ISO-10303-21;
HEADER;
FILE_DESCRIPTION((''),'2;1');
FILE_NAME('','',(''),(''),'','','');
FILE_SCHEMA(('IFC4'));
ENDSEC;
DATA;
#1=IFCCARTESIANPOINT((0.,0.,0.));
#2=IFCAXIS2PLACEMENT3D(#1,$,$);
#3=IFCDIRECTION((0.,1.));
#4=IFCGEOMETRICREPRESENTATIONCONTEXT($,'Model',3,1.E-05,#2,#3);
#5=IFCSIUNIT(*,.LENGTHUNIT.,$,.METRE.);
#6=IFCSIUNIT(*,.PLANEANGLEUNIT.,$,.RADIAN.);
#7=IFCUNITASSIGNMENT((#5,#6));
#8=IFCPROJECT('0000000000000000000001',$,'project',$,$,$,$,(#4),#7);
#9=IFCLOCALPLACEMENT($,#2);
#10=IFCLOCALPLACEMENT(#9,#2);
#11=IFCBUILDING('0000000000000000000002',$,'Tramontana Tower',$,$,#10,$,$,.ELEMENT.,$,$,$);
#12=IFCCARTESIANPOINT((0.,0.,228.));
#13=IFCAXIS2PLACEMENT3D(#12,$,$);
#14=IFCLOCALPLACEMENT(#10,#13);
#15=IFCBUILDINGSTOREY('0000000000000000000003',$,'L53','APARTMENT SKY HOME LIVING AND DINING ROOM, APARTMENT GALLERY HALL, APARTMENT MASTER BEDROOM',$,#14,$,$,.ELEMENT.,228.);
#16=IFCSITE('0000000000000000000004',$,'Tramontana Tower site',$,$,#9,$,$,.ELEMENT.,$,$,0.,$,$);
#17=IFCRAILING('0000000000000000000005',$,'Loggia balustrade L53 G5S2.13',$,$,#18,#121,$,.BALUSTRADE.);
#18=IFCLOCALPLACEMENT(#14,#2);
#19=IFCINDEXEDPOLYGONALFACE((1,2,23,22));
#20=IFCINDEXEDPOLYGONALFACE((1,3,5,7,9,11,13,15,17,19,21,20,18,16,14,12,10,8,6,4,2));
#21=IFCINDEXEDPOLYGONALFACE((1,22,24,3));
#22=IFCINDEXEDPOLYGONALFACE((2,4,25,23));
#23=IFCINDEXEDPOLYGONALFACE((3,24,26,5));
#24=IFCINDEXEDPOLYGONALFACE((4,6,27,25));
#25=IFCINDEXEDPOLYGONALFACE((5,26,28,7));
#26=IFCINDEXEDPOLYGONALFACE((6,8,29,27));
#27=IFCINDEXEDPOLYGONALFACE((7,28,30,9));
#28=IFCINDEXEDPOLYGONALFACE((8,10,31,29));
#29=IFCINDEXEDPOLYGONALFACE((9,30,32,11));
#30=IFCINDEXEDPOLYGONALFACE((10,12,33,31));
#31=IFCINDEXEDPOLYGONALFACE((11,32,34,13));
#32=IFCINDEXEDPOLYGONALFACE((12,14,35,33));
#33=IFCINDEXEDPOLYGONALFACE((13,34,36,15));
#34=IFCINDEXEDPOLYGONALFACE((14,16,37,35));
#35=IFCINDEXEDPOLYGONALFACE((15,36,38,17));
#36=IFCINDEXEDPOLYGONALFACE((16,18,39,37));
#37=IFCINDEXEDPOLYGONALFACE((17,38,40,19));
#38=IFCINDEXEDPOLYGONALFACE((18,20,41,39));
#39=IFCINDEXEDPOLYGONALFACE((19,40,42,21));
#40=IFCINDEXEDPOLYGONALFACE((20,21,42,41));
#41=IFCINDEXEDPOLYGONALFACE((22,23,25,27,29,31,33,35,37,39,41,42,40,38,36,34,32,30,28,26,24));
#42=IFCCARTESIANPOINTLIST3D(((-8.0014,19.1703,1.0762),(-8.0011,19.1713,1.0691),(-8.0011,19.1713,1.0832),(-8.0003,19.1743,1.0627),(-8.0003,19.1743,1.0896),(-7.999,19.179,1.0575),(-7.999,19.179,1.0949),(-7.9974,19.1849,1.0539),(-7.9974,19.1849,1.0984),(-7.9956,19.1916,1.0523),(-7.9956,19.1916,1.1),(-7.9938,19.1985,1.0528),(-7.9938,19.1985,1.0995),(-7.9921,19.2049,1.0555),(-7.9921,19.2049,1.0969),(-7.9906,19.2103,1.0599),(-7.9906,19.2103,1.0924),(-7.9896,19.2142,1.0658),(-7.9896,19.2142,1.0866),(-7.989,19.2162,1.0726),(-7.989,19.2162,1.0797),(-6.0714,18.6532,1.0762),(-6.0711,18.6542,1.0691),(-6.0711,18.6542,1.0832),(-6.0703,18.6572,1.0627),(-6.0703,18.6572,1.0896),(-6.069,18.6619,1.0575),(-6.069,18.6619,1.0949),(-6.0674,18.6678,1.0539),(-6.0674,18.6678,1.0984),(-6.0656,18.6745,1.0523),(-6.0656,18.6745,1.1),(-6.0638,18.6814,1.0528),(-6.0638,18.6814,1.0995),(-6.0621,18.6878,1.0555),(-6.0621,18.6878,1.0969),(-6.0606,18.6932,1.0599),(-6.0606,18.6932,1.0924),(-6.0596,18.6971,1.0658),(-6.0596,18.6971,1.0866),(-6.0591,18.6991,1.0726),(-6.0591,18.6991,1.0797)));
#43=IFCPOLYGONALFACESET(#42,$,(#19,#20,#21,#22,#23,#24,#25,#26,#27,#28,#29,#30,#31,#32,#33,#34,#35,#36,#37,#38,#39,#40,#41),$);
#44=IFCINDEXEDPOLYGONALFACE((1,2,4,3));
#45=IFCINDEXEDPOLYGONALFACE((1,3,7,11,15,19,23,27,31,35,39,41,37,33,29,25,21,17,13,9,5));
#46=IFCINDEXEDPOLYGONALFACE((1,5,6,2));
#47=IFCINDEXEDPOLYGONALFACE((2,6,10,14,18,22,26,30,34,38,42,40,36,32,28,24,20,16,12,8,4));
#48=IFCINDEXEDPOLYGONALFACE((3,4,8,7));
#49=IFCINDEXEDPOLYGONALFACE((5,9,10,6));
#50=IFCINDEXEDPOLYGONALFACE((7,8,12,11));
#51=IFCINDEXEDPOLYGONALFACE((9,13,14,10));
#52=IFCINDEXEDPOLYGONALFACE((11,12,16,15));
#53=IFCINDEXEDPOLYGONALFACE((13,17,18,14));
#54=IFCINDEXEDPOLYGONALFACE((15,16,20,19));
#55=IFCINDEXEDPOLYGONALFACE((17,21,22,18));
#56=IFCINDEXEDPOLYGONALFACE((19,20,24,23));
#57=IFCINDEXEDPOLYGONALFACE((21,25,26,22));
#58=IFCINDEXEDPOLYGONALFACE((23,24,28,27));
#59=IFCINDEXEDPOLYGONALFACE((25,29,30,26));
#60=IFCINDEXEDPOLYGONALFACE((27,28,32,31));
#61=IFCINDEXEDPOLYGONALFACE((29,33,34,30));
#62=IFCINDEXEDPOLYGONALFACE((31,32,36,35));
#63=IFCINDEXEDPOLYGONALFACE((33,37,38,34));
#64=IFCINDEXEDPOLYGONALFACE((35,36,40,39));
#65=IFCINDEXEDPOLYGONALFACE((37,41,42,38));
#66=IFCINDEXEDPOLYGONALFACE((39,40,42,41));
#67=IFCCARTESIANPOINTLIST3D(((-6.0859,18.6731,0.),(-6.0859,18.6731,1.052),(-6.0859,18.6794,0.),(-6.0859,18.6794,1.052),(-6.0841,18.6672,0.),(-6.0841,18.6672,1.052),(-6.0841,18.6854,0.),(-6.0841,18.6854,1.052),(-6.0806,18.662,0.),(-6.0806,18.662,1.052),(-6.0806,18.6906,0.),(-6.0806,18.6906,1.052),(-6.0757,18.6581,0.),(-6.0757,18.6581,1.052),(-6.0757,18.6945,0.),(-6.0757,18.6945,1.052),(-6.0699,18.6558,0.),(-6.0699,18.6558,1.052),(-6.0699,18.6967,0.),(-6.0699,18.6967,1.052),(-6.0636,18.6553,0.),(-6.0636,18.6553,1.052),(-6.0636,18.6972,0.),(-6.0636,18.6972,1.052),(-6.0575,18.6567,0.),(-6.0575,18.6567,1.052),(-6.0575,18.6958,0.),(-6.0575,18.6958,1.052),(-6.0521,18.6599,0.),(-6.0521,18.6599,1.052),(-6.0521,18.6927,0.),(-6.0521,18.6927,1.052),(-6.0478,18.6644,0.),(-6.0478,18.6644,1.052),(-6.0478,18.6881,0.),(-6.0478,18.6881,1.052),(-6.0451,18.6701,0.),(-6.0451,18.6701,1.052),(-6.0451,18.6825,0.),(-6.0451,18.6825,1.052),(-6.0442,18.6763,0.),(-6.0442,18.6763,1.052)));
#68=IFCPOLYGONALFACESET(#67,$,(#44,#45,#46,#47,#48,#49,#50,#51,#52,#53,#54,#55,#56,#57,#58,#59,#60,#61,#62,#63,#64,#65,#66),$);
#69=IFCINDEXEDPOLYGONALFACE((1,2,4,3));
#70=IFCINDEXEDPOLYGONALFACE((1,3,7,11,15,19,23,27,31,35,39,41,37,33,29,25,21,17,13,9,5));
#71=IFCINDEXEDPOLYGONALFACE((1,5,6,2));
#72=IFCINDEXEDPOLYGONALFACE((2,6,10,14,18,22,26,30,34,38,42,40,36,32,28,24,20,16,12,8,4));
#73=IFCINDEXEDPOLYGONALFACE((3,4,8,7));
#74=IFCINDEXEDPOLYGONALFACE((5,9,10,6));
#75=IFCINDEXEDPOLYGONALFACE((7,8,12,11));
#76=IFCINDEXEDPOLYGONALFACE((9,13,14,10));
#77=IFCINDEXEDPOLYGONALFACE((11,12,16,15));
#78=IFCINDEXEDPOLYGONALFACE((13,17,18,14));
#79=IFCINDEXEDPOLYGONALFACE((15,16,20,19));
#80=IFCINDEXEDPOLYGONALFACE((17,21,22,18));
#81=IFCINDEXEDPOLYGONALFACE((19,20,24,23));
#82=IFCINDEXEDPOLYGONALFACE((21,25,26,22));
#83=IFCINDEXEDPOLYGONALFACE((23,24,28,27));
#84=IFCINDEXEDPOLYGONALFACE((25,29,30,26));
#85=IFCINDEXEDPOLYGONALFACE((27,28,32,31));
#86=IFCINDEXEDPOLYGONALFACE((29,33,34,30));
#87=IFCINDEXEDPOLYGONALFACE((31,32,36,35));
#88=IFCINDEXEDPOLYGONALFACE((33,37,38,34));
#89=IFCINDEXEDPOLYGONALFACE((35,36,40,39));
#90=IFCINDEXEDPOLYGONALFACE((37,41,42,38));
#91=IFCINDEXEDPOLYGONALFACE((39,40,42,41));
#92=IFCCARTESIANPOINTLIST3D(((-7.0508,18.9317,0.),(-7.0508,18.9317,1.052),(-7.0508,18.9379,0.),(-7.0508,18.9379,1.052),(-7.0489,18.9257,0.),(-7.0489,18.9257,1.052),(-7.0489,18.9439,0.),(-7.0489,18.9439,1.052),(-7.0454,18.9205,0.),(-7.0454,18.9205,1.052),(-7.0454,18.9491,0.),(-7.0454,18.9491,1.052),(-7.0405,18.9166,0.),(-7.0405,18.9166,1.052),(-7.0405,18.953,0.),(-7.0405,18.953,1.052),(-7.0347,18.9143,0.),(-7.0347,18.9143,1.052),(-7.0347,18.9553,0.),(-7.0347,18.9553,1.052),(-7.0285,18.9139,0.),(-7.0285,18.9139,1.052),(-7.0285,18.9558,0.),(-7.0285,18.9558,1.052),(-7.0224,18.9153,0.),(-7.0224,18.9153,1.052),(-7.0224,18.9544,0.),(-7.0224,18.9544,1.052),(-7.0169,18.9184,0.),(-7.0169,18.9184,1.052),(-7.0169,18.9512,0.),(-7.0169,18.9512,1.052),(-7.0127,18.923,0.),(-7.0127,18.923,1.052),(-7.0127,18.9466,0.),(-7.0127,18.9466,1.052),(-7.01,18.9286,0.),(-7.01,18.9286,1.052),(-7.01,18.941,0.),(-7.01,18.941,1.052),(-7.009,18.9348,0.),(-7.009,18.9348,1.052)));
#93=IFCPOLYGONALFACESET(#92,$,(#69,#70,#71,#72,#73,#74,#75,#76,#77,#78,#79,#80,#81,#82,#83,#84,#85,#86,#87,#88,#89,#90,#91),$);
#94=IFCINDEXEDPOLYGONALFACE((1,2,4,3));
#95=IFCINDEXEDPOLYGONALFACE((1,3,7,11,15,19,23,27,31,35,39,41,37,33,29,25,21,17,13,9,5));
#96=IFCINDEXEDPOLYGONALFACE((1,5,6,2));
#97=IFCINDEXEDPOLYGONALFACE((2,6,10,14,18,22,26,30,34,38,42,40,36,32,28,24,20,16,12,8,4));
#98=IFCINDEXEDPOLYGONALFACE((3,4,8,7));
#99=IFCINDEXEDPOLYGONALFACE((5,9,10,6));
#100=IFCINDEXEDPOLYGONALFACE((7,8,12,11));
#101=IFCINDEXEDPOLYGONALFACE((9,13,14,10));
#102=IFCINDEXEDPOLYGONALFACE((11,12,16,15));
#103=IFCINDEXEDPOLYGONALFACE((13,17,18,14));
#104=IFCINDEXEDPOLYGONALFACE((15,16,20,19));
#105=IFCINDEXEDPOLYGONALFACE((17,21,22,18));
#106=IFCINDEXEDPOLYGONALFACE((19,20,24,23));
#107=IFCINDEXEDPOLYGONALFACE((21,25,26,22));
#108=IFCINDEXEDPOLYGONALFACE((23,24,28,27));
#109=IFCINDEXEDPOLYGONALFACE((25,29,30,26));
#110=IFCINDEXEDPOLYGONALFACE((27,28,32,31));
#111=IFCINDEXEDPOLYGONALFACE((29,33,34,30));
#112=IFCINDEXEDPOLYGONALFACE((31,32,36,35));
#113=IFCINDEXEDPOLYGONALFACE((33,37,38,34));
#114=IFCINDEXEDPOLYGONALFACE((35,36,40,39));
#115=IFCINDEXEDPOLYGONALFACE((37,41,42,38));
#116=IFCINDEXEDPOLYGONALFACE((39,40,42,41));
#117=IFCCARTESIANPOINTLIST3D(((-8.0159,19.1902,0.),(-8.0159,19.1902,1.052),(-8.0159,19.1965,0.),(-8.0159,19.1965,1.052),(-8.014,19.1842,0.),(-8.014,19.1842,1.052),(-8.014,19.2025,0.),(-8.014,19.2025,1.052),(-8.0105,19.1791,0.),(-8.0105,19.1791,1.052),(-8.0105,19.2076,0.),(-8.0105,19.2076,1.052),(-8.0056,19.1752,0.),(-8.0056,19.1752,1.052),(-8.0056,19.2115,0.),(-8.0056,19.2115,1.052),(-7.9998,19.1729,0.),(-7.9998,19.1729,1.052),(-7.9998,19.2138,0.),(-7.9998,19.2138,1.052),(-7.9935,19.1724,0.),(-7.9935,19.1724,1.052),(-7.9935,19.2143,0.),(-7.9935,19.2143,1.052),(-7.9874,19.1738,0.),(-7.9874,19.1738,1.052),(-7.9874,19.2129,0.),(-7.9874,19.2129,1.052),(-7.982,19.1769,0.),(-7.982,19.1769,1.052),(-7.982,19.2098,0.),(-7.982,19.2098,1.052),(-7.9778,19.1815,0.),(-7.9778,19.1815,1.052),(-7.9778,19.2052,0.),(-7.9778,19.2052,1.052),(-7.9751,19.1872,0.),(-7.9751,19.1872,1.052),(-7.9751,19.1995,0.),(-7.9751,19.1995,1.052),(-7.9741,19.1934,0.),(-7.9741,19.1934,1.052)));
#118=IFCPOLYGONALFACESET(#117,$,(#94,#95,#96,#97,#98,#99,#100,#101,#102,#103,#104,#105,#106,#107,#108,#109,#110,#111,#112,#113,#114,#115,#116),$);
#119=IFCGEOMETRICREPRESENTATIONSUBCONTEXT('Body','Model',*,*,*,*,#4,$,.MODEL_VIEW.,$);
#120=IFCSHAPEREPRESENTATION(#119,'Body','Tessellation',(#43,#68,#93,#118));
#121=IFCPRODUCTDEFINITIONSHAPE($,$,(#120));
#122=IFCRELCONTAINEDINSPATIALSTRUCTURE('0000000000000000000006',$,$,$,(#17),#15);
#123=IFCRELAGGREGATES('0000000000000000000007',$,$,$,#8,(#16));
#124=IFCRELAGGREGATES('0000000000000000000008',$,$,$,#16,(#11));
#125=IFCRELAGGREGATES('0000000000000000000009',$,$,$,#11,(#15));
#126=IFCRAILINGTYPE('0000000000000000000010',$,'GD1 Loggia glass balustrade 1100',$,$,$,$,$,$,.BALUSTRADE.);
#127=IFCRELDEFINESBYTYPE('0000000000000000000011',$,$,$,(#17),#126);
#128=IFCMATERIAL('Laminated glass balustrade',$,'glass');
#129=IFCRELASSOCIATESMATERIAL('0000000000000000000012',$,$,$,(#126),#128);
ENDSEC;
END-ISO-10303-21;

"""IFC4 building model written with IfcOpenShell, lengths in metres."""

from ifc_helpers import new_model, si_unit, direction, frame, origin, origin_2d, place, context, subcontext, project, spatial, circle, extrude, material, type_object, element, save


model = new_model("IFC4")

# Units and contexts
model_context = context("Model", 3, precision=1e-05, world=origin(), true_north=direction((0.0, 1.0)))
body_context = subcontext(model_context, "Body", "Model", "MODEL_VIEW")
ifc_project = project(units=[si_unit("LENGTHUNIT", "METRE"), si_unit("PLANEANGLEUNIT", "RADIAN")], contexts=[model_context])

# Site, building, storey
site_placement = place(None, origin())
site = spatial("IfcSite", under=ifc_project, at=site_placement, Name="Tramontana Tower site", CompositionType="ELEMENT", RefElevation=0.0)
building_placement = place(site_placement, origin())
building = spatial("IfcBuilding", under=site, at=building_placement, Name="Tramontana Tower", CompositionType="ELEMENT")
storey_placement = place(building_placement, frame((0.0, 0.0, 228.0)))
storey = spatial("IfcBuildingStorey", under=building, at=storey_placement, Name="L53", Description="APARTMENT SKY HOME LIVING AND DINING ROOM, APARTMENT GALLERY HALL, APARTMENT MASTER BEDROOM", CompositionType="ELEMENT", Elevation=228.0)

# Railing
ifc_material_1 = material(Name="Laminated glass balustrade", Category="glass")
railing_type = type_object("IfcRailingType", Name="GD1 Loggia glass balustrade 1100", PredefinedType="BALUSTRADE", material=ifc_material_1)
railing_placement = place(storey_placement, frame((-6.0652, 18.6763, 0.0)))
element("IfcRailing", 1, at=railing_placement, inside=storey, type_object=railing_type, Name="Loggia balustrade L53 G5S2.13", PredefinedType="BALUSTRADE", context=body_context, shape_type="SweptSolid", body=[
    extrude(circle(Radius=0.0239, at=origin_2d()), frame((0.0, 0.0, 1.0762), z_axis=(-0.96593, 0.258803, 0.0), x_axis=(-0.258803, -0.96593, 0.0)), (0.0, 0.0, 1.0), 1.998),
    extrude(circle(Radius=0.021, at=origin_2d()), origin(), (0.0, 0.0, 1.0), 1.052),
    extrude(circle(Radius=0.021, at=origin_2d()), frame((-0.9648, 0.2585, 0.0)), (0.0, 0.0, 1.0), 1.052),
    extrude(circle(Radius=0.021, at=origin_2d()), frame((-1.9299, 0.5171, 0.0)), (0.0, 0.0, 1.0), 1.052),
])

save(model, "model.ifc")
